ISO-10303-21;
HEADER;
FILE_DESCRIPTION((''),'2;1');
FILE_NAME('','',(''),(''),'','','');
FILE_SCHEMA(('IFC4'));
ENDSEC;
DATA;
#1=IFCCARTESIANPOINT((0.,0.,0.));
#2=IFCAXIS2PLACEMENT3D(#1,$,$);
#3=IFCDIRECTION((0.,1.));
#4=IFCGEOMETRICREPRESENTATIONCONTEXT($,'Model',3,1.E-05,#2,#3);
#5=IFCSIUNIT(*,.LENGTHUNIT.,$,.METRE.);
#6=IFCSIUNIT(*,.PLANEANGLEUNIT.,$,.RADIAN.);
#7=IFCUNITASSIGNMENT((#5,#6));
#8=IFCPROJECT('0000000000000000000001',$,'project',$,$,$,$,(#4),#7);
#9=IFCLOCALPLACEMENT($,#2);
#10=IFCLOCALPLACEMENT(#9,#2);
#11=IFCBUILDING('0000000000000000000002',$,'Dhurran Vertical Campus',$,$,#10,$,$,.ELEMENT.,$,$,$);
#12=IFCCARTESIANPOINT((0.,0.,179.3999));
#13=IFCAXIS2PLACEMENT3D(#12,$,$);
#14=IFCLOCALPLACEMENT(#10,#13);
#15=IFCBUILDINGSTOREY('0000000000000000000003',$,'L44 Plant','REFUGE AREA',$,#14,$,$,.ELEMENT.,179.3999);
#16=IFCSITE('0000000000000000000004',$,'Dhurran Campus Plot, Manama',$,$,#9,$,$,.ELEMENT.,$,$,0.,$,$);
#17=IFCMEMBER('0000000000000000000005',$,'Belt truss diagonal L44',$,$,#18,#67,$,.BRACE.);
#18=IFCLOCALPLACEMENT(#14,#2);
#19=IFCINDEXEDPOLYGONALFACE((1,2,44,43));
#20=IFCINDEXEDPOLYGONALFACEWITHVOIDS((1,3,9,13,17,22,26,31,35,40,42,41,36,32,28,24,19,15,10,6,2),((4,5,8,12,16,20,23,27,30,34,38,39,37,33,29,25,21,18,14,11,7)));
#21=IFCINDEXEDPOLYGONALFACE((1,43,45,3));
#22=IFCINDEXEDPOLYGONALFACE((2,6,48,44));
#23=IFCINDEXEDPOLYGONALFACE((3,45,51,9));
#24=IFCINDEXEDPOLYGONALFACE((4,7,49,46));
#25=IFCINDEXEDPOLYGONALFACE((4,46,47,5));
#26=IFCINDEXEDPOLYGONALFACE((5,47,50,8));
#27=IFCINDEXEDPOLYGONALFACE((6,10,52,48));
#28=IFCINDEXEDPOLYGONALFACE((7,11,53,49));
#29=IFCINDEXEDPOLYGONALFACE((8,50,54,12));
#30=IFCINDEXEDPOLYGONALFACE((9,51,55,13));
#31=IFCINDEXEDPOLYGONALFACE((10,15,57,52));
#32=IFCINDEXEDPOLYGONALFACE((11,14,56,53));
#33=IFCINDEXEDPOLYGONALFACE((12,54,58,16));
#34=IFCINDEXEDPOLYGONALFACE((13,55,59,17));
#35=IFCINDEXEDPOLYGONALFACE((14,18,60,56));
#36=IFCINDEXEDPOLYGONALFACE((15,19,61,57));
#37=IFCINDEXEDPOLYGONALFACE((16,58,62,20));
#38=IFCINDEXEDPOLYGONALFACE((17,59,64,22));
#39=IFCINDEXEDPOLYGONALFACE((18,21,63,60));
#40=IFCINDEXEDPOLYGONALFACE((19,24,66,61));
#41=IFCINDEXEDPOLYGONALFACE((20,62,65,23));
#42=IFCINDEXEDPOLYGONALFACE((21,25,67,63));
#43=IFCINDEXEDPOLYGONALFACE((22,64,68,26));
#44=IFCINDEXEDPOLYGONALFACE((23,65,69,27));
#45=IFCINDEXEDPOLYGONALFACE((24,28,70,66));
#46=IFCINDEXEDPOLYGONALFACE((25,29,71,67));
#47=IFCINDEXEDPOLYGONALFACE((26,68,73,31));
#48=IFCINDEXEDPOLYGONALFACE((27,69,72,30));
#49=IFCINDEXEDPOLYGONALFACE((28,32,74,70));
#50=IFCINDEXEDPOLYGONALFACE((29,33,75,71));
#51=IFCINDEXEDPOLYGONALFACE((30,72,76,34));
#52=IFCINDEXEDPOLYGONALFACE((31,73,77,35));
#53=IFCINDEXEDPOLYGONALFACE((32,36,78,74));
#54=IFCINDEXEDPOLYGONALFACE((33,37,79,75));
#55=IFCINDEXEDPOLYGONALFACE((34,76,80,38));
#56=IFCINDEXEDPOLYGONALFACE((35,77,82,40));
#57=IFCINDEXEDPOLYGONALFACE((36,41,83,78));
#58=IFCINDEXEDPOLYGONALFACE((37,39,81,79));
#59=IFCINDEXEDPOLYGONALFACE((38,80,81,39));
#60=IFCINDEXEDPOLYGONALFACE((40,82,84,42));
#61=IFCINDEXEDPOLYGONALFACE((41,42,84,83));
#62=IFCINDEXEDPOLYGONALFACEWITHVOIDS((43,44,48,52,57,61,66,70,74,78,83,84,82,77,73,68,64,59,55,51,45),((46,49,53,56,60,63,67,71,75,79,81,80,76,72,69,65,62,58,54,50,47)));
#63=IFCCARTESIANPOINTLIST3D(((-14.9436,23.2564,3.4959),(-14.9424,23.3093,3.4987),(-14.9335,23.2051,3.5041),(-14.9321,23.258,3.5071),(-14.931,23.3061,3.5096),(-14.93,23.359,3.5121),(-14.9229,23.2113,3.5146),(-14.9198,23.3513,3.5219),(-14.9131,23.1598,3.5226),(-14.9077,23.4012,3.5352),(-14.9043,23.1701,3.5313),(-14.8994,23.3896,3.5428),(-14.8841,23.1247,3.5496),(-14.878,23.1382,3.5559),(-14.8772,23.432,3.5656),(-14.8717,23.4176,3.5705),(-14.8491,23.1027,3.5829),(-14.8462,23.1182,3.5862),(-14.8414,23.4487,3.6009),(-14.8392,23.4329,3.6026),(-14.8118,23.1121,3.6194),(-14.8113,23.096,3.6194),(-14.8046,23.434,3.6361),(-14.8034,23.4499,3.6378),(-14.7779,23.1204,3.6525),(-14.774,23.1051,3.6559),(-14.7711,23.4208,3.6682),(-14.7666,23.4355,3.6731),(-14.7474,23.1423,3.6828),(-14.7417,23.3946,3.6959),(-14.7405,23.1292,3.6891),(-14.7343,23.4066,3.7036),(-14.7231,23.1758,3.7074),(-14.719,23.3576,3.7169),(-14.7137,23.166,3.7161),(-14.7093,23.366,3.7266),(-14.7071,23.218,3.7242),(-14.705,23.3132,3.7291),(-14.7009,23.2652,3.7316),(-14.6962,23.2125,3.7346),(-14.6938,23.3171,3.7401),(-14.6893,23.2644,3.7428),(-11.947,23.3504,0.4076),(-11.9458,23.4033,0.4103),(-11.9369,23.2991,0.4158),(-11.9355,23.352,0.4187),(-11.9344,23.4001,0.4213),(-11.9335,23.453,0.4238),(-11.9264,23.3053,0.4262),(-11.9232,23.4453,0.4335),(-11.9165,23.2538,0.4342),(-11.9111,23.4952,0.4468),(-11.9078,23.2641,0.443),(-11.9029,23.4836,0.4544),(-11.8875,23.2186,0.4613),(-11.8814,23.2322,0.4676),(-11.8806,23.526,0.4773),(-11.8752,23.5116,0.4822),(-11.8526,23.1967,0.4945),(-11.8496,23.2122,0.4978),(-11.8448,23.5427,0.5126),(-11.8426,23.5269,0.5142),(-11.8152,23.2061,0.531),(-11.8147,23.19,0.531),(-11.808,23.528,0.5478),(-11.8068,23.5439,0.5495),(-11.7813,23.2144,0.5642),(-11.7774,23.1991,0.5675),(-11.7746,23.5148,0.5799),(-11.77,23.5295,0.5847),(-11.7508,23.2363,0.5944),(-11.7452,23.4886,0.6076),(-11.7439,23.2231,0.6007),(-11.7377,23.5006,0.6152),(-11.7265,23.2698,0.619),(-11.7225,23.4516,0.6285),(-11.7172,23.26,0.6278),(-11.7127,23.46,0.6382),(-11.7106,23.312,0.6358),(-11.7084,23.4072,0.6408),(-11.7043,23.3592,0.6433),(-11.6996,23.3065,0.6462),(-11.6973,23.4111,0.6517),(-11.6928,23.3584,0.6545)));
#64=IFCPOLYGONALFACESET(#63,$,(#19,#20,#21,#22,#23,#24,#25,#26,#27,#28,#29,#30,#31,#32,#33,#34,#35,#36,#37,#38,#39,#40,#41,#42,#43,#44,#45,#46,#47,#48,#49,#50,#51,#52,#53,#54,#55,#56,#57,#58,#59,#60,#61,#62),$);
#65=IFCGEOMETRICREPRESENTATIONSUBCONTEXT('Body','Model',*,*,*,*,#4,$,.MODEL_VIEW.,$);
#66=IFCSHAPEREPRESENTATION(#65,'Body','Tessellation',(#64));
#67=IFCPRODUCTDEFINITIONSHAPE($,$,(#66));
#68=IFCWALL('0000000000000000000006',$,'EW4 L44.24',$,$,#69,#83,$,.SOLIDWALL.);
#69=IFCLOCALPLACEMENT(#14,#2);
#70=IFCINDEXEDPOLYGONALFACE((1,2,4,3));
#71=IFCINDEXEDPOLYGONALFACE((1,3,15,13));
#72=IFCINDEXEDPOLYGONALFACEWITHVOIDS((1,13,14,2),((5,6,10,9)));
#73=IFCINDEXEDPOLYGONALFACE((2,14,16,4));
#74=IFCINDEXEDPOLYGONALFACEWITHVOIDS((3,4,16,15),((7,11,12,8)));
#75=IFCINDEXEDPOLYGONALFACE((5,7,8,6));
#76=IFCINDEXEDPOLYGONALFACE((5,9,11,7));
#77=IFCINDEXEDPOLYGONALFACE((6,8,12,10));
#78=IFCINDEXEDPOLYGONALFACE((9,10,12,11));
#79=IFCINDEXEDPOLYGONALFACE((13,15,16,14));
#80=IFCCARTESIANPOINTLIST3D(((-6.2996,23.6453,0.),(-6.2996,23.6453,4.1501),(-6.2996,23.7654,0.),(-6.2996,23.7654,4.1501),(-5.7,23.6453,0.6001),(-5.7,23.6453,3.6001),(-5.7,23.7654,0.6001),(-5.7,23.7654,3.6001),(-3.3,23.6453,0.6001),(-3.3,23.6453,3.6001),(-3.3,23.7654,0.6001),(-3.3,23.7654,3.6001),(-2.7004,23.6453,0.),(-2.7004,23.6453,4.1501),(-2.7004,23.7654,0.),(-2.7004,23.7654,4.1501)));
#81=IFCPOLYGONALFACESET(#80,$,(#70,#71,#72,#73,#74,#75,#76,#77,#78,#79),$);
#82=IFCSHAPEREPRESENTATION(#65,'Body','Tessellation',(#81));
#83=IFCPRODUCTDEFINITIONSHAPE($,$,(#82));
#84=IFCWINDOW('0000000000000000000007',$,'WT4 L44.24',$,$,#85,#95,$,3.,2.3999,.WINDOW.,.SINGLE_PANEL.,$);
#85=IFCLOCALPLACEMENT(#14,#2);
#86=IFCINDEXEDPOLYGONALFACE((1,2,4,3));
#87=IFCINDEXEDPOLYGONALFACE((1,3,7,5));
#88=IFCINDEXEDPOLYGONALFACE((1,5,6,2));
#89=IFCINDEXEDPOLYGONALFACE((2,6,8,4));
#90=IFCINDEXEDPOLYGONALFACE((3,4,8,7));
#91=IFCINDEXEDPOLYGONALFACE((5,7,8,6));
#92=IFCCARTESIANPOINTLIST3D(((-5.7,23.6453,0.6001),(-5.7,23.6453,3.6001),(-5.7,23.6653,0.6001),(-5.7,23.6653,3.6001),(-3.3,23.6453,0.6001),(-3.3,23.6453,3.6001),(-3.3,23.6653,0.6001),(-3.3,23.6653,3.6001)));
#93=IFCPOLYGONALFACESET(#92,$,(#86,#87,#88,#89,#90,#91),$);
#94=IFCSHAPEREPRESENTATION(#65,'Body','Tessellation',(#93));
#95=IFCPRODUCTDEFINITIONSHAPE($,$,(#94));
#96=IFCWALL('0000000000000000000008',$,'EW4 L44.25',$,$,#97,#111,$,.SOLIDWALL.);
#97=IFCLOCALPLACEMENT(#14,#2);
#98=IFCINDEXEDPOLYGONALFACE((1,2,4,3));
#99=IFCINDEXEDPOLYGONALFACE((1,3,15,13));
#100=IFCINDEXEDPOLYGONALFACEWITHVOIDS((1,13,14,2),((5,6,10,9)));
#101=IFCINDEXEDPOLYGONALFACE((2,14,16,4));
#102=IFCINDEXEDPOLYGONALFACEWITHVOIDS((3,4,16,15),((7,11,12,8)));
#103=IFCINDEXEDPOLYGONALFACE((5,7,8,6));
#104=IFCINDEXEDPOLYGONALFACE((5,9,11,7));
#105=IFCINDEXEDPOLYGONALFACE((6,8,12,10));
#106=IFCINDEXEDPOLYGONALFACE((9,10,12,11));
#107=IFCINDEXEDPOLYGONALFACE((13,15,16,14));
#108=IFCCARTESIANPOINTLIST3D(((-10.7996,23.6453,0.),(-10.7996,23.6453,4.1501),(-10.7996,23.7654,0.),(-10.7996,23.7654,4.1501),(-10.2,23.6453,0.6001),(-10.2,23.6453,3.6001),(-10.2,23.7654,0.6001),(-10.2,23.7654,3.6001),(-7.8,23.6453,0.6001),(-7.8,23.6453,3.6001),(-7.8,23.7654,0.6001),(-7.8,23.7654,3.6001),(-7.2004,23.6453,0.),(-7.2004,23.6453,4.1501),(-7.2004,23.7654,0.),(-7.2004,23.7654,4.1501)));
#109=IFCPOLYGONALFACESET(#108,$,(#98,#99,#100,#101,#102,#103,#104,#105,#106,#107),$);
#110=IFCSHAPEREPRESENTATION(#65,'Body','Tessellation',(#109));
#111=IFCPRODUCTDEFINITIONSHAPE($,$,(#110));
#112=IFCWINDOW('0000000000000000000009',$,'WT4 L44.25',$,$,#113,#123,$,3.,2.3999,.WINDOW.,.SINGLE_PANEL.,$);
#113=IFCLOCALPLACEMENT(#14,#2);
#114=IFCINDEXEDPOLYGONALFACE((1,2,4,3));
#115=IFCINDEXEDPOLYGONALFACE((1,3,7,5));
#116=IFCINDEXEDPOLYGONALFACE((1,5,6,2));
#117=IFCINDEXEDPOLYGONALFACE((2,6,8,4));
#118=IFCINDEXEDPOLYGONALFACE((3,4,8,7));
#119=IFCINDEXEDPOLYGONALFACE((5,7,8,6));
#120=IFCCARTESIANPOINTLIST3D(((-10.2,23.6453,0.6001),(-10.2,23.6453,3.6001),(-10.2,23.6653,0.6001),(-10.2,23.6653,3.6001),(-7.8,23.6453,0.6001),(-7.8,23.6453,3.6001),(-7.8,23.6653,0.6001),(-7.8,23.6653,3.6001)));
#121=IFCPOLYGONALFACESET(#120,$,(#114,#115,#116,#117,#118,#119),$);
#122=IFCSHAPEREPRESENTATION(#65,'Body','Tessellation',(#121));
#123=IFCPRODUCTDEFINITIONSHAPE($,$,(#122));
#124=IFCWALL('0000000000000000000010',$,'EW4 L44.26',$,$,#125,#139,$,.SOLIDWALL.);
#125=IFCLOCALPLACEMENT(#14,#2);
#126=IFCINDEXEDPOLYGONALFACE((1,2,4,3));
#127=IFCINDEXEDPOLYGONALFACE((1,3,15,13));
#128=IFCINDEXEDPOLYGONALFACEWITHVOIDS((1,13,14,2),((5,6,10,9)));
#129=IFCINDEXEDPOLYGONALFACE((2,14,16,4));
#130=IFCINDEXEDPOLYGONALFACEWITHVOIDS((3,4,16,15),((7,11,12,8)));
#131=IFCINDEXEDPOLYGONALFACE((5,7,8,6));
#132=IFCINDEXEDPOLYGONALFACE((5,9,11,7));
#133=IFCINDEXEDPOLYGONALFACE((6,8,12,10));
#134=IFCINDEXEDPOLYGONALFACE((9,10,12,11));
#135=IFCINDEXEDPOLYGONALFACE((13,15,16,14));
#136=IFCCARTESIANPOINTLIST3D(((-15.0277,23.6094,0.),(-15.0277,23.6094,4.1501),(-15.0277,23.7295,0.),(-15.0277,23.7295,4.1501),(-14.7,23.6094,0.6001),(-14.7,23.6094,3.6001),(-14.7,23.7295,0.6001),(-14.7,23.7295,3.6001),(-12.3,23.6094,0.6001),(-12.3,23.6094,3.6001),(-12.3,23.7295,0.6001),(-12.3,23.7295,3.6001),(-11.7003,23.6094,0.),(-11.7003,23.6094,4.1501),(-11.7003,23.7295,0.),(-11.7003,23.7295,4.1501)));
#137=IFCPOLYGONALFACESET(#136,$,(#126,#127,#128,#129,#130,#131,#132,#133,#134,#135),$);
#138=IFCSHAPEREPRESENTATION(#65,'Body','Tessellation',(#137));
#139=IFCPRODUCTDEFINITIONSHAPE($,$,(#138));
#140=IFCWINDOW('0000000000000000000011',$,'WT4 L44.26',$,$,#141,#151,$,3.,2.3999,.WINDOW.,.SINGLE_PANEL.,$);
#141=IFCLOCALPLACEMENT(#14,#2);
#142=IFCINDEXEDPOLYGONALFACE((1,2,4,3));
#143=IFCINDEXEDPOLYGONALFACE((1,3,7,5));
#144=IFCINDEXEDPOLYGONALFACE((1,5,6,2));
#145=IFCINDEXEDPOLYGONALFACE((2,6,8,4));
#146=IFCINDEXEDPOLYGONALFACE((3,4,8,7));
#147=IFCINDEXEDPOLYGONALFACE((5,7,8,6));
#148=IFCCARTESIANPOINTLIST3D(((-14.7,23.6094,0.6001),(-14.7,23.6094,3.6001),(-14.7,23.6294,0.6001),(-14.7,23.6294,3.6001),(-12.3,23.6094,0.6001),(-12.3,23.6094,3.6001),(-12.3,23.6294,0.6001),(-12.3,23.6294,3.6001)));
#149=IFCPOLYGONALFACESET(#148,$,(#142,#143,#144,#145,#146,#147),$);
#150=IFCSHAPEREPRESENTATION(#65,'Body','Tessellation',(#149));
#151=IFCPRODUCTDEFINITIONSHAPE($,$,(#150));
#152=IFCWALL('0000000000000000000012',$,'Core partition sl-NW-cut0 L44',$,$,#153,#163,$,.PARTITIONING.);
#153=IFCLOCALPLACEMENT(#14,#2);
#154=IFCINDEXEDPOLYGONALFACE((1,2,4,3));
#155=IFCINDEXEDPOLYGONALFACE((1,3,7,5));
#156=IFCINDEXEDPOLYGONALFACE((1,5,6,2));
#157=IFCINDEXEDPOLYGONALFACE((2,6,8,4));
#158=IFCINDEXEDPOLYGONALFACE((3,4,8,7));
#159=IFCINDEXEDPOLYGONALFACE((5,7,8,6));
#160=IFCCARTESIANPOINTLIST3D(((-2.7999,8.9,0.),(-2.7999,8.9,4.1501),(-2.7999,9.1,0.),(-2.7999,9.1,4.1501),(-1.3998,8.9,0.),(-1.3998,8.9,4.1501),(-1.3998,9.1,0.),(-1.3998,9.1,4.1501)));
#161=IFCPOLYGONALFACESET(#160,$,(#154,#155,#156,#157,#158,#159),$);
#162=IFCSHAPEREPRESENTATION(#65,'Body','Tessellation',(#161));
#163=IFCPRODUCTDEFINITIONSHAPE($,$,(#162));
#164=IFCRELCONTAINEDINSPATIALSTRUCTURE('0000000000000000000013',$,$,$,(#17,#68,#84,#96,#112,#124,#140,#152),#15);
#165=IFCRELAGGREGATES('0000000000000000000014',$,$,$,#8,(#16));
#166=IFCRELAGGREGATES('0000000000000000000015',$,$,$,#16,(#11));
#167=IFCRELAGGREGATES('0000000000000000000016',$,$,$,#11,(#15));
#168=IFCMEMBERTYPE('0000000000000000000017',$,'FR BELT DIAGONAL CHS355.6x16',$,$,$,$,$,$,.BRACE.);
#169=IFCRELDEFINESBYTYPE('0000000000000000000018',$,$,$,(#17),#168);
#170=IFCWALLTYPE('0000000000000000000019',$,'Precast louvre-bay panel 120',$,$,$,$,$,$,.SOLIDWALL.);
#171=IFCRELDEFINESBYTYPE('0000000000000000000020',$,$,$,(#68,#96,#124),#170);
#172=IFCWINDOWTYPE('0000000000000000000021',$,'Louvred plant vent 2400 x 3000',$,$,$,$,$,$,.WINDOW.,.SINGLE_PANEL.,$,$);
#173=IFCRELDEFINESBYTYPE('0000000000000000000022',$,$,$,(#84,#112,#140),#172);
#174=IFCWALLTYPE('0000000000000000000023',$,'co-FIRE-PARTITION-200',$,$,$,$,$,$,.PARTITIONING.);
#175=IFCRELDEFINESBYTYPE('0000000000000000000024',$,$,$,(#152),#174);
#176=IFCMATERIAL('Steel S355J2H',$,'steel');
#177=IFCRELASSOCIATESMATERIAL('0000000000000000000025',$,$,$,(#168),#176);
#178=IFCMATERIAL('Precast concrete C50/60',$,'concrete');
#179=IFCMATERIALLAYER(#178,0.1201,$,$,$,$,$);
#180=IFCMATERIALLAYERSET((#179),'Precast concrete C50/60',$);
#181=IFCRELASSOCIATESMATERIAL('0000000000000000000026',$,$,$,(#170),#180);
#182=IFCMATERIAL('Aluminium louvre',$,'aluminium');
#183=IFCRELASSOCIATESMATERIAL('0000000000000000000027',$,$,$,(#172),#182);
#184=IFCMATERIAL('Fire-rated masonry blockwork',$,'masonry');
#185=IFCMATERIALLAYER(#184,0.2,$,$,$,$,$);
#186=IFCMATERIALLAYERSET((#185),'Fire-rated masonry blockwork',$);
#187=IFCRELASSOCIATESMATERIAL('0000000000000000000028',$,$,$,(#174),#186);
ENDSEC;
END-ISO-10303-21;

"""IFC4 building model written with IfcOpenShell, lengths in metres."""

from ifc_helpers import new_model, si_unit, direction, frame, frame_2d, origin, origin_2d, place, context, subcontext, project, spatial, rectangle, hollow_circle, extrude, material, layer, layer_set, material_profile, profile_set, type_object, element, fill, save


model = new_model("IFC4")

# Units and contexts
model_context = context("Model", 3, precision=1e-05, world=origin(), true_north=direction((0.0, 1.0)))
body_context = subcontext(model_context, "Body", "Model", "MODEL_VIEW")
ifc_project = project(units=[si_unit("LENGTHUNIT", "METRE"), si_unit("PLANEANGLEUNIT", "RADIAN")], contexts=[model_context])

# Site, building, storey
site_placement = place(None, origin())
site = spatial("IfcSite", under=ifc_project, at=site_placement, Name="Dhurran Campus Plot, Manama", CompositionType="ELEMENT", RefElevation=0.0)
building_placement = place(site_placement, origin())
building = spatial("IfcBuilding", under=site, at=building_placement, Name="Dhurran Vertical Campus", CompositionType="ELEMENT")
storey_placement = place(building_placement, frame((0.0, 0.0, 179.3999)))
storey = spatial("IfcBuildingStorey", under=building, at=storey_placement, Name="L44 Plant", Description="REFUGE AREA", CompositionType="ELEMENT", Elevation=179.3999)

# Member
ifc_material_1 = material(Name="Steel S355J2H", Category="steel")
ifc_material_profile_1 = material_profile(ifc_material_1, hollow_circle(Radius=0.1777, WallThickness=0.0161, at=origin_2d()), Name="CHS355.6x16")
ifc_profile_set_1 = profile_set([ifc_material_profile_1], Name="Steel S355J2H")
member_type = type_object("IfcMemberType", Name="FR BELT DIAGONAL CHS355.6x16", PredefinedType="BRACE", material=ifc_profile_set_1)
member_placement = place(storey_placement, frame((-11.8203, 23.3677, 0.531), z_axis=(-0.696194, -0.021838, 0.717521), x_axis=(0.031352, -0.999508, 0.0)))
element("IfcMember", 1, at=member_placement, inside=storey, type_object=member_type, Name="Belt truss diagonal L44", PredefinedType="BRACE", context=body_context, shape_type="SweptSolid", body=[
    extrude(hollow_circle(Radius=0.1777, WallThickness=0.0161, at=origin_2d()), origin(), (0.0, 0.0, 1.0), 4.3042),
])

# Walls, openings, windows
ifc_material_2 = material(Name="Precast concrete C50/60", Category="concrete")
ifc_layer_1 = layer(ifc_material_2, 0.1201)
ifc_layer_set_1 = layer_set([ifc_layer_1], Name="Precast concrete C50/60")
wall_type_1 = type_object("IfcWallType", Name="Precast louvre-bay panel 120", PredefinedType="SOLIDWALL", material=ifc_layer_set_1)
wall_1_placement = place(storey_placement, frame((-2.7004, 23.7053, 0.0), z_axis=(0.0, 0.0, 1.0), x_axis=(-1.0, 0.0, 0.0)))
wall_1 = element("IfcWall", 2, at=wall_1_placement, inside=storey, type_object=wall_type_1, Name="EW4 L44.24", PredefinedType="SOLIDWALL", context=body_context, shape_type="SweptSolid", body=[
    extrude(rectangle(XDim=3.5991, YDim=0.1201, at=frame_2d((1.7996, 0.0))), origin(), (0.0, 0.0, 1.0), 4.1501),
])
opening_1_placement = place(wall_1_placement, frame((0.5996, 0.0, 0.6001)))
opening_1 = element("IfcOpeningElement", 3, at=opening_1_placement, cuts=wall_1, PredefinedType="OPENING", context=body_context, shape_type="SweptSolid", body=[
    extrude(rectangle(XDim=2.3999, YDim=3.0, at=frame_2d((1.2, 1.5))), frame((0.0, 0.0701, 0.0), z_axis=(0.0, -1.0, 0.0), x_axis=(1.0, 0.0, 0.0)), (0.0, 0.0, 1.0), 0.1401),
])
ifc_material_3 = material(Name="Aluminium louvre", Category="aluminium")
window_type = type_object("IfcWindowType", Name="Louvred plant vent 2400 x 3000", PartitioningType="SINGLE_PANEL", PredefinedType="WINDOW", material=ifc_material_3)
window_1_placement = place(opening_1_placement, origin())
window_1 = element("IfcWindow", 4, at=window_1_placement, inside=storey, type_object=window_type, Name="WT4 L44.24", OverallHeight=3.0, OverallWidth=2.3999, PartitioningType="SINGLE_PANEL", PredefinedType="WINDOW", context=body_context, shape_type="SweptSolid", body=[
    extrude(rectangle(XDim=2.3999, YDim=3.0, at=frame_2d((1.2, 1.5))), frame((0.0, 0.0601, 0.0), z_axis=(0.0, -1.0, 0.0), x_axis=(1.0, 0.0, 0.0)), (0.0, 0.0, 1.0), 0.02),
])
fill(opening_1, window_1)
wall_2_placement = place(storey_placement, frame((-7.2004, 23.7053, 0.0), z_axis=(0.0, 0.0, 1.0), x_axis=(-1.0, 0.0, 0.0)))
wall_2 = element("IfcWall", 5, at=wall_2_placement, inside=storey, type_object=wall_type_1, Name="EW4 L44.25", PredefinedType="SOLIDWALL", context=body_context, shape_type="SweptSolid", body=[
    extrude(rectangle(XDim=3.5991, YDim=0.1201, at=frame_2d((1.7996, 0.0))), origin(), (0.0, 0.0, 1.0), 4.1501),
])
opening_2_placement = place(wall_2_placement, frame((0.5996, 0.0, 0.6001)))
opening_2 = element("IfcOpeningElement", 6, at=opening_2_placement, cuts=wall_2, PredefinedType="OPENING", context=body_context, shape_type="SweptSolid", body=[
    extrude(rectangle(XDim=2.3999, YDim=3.0, at=frame_2d((1.2, 1.5))), frame((0.0, 0.0701, 0.0), z_axis=(0.0, -1.0, 0.0), x_axis=(1.0, 0.0, 0.0)), (0.0, 0.0, 1.0), 0.1401),
])
window_2_placement = place(opening_2_placement, origin())
window_2 = element("IfcWindow", 7, at=window_2_placement, inside=storey, type_object=window_type, Name="WT4 L44.25", OverallHeight=3.0, OverallWidth=2.3999, PartitioningType="SINGLE_PANEL", PredefinedType="WINDOW", context=body_context, shape_type="SweptSolid", body=[
    extrude(rectangle(XDim=2.3999, YDim=3.0, at=frame_2d((1.2, 1.5))), frame((0.0, 0.0601, 0.0), z_axis=(0.0, -1.0, 0.0), x_axis=(1.0, 0.0, 0.0)), (0.0, 0.0, 1.0), 0.02),
])
fill(opening_2, window_2)
wall_3_placement = place(storey_placement, frame((-11.7004, 23.6694, 0.0), z_axis=(0.0, 0.0, 1.0), x_axis=(-1.0, 0.0, 0.0)))
wall_3 = element("IfcWall", 8, at=wall_3_placement, inside=storey, type_object=wall_type_1, Name="EW4 L44.26", PredefinedType="SOLIDWALL", context=body_context, shape_type="SweptSolid", body=[
    extrude(rectangle(XDim=3.3274, YDim=0.1201, at=frame_2d((1.6636, 0.0))), origin(), (0.0, 0.0, 1.0), 4.1501),
])
opening_3_placement = place(wall_3_placement, frame((0.5996, 0.0, 0.6001)))
opening_3 = element("IfcOpeningElement", 9, at=opening_3_placement, cuts=wall_3, PredefinedType="OPENING", context=body_context, shape_type="SweptSolid", body=[
    extrude(rectangle(XDim=2.3999, YDim=3.0, at=frame_2d((1.2, 1.5))), frame((0.0, 0.0701, 0.0), z_axis=(0.0, -1.0, 0.0), x_axis=(1.0, 0.0, 0.0)), (0.0, 0.0, 1.0), 0.1401),
])
window_3_placement = place(opening_3_placement, origin())
window_3 = element("IfcWindow", 10, at=window_3_placement, inside=storey, type_object=window_type, Name="WT4 L44.26", OverallHeight=3.0, OverallWidth=2.3999, PartitioningType="SINGLE_PANEL", PredefinedType="WINDOW", context=body_context, shape_type="SweptSolid", body=[
    extrude(rectangle(XDim=2.3999, YDim=3.0, at=frame_2d((1.2, 1.5))), frame((0.0, 0.0601, 0.0), z_axis=(0.0, -1.0, 0.0), x_axis=(1.0, 0.0, 0.0)), (0.0, 0.0, 1.0), 0.02),
])
fill(opening_3, window_3)

# Wall
ifc_material_4 = material(Name="Fire-rated masonry blockwork", Category="masonry")
ifc_layer_2 = layer(ifc_material_4, 0.2)
ifc_layer_set_2 = layer_set([ifc_layer_2], Name="Fire-rated masonry blockwork")
wall_type_2 = type_object("IfcWallType", Name="co-FIRE-PARTITION-200", PredefinedType="PARTITIONING", material=ifc_layer_set_2)
wall_4_placement = place(storey_placement, frame((-2.8, 9.0, 0.0), z_axis=(0.0, 0.0, 1.0), x_axis=(1.0, 0.0, 0.0)))
element("IfcWall", 11, at=wall_4_placement, inside=storey, type_object=wall_type_2, Name="Core partition sl-NW-cut0 L44", PredefinedType="PARTITIONING", context=body_context, shape_type="SweptSolid", body=[
    extrude(rectangle(XDim=1.4001, YDim=0.2, at=frame_2d((0.7002, 0.0))), origin(), (0.0, 0.0, 1.0), 4.1501),
])

save(model, "model.ifc")
